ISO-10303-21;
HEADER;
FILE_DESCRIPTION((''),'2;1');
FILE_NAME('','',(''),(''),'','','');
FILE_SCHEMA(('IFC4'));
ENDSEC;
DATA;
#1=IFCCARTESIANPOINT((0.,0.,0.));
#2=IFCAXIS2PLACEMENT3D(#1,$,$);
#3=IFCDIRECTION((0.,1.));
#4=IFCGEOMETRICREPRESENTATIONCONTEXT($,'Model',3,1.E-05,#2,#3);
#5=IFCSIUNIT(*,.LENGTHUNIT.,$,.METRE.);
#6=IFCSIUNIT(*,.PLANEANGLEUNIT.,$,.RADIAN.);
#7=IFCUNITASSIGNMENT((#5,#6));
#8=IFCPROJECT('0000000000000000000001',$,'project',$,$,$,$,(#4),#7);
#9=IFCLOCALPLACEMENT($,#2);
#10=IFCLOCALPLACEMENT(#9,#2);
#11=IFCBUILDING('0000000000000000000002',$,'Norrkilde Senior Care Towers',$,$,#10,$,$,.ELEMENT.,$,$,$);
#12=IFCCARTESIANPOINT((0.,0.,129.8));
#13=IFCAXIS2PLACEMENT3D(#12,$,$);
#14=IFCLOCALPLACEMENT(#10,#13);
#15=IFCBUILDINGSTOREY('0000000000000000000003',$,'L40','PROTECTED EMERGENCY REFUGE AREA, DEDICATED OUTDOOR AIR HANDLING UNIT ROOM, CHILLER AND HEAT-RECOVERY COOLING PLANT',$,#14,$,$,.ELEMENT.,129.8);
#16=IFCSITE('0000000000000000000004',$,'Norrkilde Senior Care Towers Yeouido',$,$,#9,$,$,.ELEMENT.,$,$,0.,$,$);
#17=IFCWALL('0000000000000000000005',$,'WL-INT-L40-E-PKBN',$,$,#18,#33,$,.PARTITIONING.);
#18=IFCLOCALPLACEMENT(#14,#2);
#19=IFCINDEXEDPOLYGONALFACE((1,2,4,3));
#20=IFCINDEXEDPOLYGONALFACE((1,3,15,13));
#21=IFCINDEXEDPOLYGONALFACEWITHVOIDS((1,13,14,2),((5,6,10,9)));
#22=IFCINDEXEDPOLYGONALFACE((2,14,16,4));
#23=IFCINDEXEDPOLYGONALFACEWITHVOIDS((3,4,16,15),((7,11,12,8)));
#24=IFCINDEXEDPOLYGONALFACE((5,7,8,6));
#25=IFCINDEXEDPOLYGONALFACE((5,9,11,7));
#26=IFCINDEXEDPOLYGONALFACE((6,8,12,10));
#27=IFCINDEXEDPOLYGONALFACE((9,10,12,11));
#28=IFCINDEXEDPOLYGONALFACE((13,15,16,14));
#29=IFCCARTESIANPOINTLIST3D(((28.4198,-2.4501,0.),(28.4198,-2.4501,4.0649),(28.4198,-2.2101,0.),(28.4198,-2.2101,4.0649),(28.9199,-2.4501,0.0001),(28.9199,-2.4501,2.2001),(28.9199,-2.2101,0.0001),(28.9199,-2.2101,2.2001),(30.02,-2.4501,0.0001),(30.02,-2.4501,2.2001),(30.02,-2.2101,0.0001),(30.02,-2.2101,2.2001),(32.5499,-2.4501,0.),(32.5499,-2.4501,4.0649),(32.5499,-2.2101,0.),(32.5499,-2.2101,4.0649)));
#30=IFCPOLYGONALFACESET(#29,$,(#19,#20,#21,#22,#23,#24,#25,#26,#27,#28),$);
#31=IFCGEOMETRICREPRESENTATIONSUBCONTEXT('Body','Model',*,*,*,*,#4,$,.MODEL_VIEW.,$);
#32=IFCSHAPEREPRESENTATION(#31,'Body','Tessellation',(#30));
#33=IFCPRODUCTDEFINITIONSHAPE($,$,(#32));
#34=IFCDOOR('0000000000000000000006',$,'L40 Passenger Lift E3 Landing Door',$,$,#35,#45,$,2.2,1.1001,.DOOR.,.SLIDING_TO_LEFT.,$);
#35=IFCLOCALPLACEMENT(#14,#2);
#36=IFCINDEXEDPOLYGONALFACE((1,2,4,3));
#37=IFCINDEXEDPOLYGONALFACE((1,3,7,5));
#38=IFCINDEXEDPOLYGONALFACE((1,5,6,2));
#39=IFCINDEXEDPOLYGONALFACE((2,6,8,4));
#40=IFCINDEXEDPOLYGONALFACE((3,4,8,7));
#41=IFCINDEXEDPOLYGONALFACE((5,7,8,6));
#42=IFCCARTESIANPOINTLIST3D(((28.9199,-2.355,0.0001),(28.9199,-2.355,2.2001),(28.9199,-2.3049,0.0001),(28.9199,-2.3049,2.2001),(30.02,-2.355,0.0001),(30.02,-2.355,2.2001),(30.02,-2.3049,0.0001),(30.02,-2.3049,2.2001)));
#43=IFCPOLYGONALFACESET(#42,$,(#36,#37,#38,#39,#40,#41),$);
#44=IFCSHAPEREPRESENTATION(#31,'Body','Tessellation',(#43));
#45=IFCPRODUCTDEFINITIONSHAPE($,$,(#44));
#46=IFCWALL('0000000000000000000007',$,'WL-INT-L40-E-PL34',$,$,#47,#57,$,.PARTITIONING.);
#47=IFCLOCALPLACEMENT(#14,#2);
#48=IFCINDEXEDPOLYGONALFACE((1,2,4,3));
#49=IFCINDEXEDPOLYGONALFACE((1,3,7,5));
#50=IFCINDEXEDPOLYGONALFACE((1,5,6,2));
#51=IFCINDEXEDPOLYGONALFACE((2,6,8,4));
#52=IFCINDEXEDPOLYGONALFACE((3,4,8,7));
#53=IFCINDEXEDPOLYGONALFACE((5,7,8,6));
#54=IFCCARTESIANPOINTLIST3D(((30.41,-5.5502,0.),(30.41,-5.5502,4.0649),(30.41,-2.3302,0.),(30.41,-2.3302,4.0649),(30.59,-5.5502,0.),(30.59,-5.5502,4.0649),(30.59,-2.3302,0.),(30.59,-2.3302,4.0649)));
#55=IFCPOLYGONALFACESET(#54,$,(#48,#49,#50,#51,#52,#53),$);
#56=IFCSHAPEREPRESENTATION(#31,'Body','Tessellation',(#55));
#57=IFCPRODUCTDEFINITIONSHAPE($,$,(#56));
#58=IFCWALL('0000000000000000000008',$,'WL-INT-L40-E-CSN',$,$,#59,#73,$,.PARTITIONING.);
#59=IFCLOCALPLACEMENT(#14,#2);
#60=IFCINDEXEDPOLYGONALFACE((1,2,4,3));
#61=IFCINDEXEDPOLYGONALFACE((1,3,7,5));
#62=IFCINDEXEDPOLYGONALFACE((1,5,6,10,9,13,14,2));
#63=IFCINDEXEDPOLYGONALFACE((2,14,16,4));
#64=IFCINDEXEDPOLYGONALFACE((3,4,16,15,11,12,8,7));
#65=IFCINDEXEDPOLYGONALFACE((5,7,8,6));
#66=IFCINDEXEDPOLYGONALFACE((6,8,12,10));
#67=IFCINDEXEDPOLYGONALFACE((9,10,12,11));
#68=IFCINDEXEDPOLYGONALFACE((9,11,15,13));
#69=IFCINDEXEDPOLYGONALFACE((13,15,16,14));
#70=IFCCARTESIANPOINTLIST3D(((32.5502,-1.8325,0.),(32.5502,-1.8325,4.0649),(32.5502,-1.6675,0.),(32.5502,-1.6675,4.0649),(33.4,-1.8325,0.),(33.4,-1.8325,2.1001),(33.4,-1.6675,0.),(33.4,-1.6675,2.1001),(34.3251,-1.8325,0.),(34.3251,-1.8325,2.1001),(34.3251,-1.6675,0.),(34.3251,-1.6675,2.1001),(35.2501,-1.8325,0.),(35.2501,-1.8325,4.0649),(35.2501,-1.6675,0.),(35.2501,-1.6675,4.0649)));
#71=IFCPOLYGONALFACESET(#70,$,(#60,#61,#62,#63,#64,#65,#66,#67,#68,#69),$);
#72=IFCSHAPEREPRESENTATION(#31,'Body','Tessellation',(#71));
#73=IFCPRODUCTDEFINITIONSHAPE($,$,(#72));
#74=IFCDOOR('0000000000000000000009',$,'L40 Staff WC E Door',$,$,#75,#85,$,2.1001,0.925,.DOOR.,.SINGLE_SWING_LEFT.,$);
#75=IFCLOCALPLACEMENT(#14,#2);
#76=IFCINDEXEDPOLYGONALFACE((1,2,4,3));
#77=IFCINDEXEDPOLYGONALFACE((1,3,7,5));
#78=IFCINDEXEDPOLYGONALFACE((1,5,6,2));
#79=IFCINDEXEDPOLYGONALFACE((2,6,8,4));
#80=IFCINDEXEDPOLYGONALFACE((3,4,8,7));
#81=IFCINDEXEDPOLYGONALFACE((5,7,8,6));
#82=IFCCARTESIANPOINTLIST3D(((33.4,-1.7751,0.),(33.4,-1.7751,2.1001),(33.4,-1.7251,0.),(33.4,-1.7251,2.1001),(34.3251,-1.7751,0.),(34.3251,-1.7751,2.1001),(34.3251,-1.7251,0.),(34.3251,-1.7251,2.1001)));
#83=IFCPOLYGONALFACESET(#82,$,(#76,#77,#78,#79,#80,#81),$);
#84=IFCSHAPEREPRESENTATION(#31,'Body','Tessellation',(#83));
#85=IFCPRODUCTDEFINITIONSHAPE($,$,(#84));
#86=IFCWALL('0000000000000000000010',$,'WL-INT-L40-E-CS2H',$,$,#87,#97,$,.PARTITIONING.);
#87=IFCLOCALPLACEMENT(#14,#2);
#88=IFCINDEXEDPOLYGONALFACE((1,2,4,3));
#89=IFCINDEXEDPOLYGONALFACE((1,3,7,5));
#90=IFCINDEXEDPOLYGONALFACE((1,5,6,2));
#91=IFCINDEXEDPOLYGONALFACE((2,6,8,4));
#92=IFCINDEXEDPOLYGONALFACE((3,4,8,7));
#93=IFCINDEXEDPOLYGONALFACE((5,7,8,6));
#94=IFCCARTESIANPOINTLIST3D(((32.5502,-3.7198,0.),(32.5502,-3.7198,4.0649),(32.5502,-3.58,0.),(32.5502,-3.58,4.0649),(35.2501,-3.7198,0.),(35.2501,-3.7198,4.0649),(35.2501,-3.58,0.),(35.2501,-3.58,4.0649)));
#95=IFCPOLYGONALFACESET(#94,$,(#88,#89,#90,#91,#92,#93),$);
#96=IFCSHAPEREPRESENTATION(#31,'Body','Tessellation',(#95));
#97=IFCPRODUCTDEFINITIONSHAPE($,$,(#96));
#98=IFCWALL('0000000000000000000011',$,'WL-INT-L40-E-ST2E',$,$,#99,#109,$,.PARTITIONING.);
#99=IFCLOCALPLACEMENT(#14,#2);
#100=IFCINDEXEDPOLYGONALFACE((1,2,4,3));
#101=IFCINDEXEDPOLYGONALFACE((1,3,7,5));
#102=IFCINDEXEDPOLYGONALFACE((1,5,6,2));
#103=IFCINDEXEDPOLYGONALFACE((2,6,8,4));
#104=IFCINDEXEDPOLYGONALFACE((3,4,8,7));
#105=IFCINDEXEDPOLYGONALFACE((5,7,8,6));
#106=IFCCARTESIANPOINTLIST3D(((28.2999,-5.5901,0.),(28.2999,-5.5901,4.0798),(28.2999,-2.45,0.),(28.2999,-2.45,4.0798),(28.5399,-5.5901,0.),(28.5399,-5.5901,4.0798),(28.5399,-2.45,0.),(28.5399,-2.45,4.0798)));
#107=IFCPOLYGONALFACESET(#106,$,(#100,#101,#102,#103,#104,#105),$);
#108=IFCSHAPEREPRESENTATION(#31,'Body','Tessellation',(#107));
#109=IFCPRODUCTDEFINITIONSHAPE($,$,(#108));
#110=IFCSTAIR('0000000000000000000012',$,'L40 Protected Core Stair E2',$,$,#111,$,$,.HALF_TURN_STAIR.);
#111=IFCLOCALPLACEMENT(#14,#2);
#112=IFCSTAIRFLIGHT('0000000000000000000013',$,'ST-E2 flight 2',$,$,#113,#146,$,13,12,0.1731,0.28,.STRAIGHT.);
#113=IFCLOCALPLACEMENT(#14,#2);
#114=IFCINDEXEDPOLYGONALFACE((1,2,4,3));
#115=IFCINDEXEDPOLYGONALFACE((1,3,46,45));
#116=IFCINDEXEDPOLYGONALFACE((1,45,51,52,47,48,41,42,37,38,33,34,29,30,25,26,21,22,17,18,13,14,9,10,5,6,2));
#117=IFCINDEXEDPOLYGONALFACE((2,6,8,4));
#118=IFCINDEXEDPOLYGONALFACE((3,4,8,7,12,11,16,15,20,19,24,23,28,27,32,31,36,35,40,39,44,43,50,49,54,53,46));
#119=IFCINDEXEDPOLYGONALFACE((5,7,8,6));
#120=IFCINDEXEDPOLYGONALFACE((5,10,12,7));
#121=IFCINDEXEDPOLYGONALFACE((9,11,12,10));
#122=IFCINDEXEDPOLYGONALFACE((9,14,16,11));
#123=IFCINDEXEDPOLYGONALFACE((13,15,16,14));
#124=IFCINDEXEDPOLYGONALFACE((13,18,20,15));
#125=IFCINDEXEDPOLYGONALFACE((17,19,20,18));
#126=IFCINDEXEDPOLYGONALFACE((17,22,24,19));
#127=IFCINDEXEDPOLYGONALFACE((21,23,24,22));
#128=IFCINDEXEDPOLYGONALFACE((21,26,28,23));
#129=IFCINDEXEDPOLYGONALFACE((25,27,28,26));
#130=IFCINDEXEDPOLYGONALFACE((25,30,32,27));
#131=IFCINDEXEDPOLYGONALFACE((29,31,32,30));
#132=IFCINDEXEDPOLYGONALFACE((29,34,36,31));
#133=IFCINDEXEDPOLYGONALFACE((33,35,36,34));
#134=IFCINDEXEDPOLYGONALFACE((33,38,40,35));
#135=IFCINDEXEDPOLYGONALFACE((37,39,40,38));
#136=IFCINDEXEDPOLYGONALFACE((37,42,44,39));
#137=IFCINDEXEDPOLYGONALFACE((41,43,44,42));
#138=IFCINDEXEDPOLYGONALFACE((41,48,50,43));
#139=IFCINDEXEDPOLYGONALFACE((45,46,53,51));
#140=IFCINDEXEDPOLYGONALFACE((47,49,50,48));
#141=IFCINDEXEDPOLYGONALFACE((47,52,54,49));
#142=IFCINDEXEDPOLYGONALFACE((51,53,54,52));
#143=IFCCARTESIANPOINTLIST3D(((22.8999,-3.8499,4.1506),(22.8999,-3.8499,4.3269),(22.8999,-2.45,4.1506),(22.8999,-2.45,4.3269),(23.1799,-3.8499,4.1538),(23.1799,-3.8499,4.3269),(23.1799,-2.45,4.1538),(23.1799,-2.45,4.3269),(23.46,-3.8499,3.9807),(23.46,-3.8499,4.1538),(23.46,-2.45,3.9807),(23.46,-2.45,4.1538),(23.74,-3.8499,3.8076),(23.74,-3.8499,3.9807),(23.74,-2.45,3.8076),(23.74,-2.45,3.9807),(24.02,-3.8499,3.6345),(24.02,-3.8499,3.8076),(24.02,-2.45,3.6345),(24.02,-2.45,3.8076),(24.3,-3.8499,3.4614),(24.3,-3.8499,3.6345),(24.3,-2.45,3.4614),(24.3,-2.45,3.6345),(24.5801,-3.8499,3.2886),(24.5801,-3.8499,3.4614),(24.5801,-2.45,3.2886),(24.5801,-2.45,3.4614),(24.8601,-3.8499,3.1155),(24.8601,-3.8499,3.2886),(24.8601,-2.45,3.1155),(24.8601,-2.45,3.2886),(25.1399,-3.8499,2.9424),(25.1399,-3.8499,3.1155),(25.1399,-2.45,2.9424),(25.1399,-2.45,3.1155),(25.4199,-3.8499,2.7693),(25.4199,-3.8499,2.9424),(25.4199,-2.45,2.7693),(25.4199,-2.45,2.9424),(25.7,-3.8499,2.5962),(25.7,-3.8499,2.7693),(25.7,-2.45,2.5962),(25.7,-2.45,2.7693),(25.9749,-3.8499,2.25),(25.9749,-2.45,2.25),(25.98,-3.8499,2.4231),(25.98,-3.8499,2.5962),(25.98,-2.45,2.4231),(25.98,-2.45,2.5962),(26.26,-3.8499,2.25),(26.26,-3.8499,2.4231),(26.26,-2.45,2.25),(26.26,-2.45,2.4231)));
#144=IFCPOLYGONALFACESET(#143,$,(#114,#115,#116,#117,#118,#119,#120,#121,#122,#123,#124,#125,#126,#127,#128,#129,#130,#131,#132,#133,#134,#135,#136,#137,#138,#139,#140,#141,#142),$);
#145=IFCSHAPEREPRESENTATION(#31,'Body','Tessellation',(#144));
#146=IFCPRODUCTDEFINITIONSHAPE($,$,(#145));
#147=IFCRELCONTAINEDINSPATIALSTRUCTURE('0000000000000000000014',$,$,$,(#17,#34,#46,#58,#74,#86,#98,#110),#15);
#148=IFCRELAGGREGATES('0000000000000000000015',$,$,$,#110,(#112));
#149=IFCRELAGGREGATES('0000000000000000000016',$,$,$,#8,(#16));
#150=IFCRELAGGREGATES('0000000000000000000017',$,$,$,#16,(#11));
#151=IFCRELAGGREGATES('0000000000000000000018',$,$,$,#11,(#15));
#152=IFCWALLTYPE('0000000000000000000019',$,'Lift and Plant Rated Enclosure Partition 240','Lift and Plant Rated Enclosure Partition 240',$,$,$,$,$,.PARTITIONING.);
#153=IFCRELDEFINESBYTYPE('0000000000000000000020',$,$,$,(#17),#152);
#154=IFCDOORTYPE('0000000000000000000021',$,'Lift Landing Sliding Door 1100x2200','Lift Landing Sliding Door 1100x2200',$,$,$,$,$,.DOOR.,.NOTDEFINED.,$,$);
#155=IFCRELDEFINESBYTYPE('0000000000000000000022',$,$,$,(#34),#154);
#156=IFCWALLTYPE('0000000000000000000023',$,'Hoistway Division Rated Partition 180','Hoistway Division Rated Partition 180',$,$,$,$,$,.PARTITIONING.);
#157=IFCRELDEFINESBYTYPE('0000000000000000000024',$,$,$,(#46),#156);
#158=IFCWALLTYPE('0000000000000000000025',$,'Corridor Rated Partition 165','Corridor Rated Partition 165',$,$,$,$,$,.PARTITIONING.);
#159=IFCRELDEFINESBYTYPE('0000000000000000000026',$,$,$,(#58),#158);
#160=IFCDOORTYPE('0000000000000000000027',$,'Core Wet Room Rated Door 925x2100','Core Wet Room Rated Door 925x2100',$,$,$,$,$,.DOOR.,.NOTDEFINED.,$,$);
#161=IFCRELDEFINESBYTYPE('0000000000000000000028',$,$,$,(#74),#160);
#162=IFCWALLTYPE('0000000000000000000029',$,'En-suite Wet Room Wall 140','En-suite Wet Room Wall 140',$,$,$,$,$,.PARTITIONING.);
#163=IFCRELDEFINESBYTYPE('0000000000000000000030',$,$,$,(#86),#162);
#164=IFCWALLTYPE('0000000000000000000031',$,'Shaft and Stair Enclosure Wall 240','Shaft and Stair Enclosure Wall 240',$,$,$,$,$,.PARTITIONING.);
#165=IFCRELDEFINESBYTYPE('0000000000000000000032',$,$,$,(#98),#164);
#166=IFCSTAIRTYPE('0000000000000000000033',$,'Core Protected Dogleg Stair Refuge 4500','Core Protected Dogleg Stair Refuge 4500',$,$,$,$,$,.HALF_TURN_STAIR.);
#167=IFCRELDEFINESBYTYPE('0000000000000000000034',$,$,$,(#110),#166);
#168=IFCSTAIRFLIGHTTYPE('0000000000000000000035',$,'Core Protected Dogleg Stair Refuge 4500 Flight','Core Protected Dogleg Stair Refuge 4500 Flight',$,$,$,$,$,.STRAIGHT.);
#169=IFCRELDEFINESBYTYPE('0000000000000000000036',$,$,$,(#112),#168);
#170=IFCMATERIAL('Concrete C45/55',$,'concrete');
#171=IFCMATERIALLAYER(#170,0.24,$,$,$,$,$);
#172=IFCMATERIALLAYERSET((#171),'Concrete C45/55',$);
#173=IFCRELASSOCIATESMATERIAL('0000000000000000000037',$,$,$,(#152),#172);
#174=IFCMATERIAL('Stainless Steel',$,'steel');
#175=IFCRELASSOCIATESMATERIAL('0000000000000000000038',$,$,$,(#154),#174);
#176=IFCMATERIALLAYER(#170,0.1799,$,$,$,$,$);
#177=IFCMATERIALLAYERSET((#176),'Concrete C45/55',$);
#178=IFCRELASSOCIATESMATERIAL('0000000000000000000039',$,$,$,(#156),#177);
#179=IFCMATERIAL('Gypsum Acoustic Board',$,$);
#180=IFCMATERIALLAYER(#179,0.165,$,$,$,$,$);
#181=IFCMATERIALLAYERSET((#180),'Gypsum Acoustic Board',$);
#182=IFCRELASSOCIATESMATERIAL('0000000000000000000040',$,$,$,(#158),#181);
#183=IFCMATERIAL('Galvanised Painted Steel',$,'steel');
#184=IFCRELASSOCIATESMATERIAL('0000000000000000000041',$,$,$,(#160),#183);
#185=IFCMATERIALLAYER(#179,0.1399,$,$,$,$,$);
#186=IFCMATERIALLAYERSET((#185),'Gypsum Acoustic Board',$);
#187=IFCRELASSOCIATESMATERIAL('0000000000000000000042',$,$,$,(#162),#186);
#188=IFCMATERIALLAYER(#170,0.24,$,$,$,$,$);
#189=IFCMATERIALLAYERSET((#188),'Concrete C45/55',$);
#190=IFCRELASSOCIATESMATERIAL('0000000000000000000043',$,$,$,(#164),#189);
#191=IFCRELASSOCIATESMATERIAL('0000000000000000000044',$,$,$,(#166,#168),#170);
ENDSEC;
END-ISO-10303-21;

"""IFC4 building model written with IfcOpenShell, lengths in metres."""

from ifc_helpers import new_model, si_unit, direction, frame, frame_2d, origin, place, context, subcontext, project, spatial, polyline, rectangle, outline, extrude, source, transform, mapped, material, layer, layer_set, type_object, type_shapes, element, fill, aggregate, save


model = new_model("IFC4")

# Units and contexts
model_context = context("Model", 3, precision=1e-05, world=origin(), true_north=direction((0.0, 1.0)))
body_context = subcontext(model_context, "Body", "Model", "MODEL_VIEW")
ifc_project = project(units=[si_unit("LENGTHUNIT", "METRE"), si_unit("PLANEANGLEUNIT", "RADIAN")], contexts=[model_context])

# Site, building, storey
site_placement = place(None, origin())
site = spatial("IfcSite", under=ifc_project, at=site_placement, Name="Norrkilde Senior Care Towers Yeouido", CompositionType="ELEMENT", RefElevation=0.0)
building_placement = place(site_placement, origin())
building = spatial("IfcBuilding", under=site, at=building_placement, Name="Norrkilde Senior Care Towers", CompositionType="ELEMENT")
storey_placement = place(building_placement, frame((0.0, 0.0, 129.8)))
storey = spatial("IfcBuildingStorey", under=building, at=storey_placement, Name="L40", Description="PROTECTED EMERGENCY REFUGE AREA, DEDICATED OUTDOOR AIR HANDLING UNIT ROOM, CHILLER AND HEAT-RECOVERY COOLING PLANT", CompositionType="ELEMENT", Elevation=129.8)

# Shared definitions
ifc_material_1 = material(Name="Gypsum Acoustic Board")
ifc_material_2 = material(Name="Concrete C45/55", Category="concrete")

# Wall, opening, door
ifc_layer_1 = layer(ifc_material_2, 0.24)
ifc_layer_set_1 = layer_set([ifc_layer_1], Name="Concrete C45/55")
wall_type_1 = type_object("IfcWallType", Name="Lift and Plant Rated Enclosure Partition 240", Description="Lift and Plant Rated Enclosure Partition 240", PredefinedType="PARTITIONING", material=ifc_layer_set_1)
shared_shape_1 = source(origin(), body_context, "Body", "SweptSolid", [
    extrude(rectangle(XDim=4.1301, YDim=0.24, at=frame_2d((2.0649, 0.0))), origin(), (0.0, 0.0, 1.0), 4.0649),
])
type_shapes(wall_type_1, [shared_shape_1])
wall_1_placement = place(storey_placement, frame((28.4199, -2.3301, 0.0), z_axis=(0.0, 0.0, 1.0), x_axis=(1.0, 0.0, 0.0)))
wall_1 = element("IfcWall", 1, at=wall_1_placement, inside=storey, type_object=wall_type_1, Name="WL-INT-L40-E-PKBN", PredefinedType="PARTITIONING", context=body_context, shape_type="MappedRepresentation", body=[
    mapped(shared_shape_1, transform((0.0, 0.0, 0.0), x_axis=(1.0, 0.0, 0.0), y_axis=(0.0, 1.0, 0.0), z_axis=(0.0, 0.0, 1.0), scale=1.0)),
])
opening_1_placement = place(wall_1_placement, frame((0.5, 0.0, 0.0)))
opening_1 = element("IfcOpeningElement", 2, at=opening_1_placement, cuts=wall_1, PredefinedType="OPENING", context=body_context, shape_type="SweptSolid", body=[
    extrude(rectangle(XDim=1.1001, YDim=2.2, at=frame_2d((0.55, 1.1001))), frame((0.0, 0.1299, 0.0), z_axis=(0.0, -1.0, 0.0), x_axis=(1.0, 0.0, 0.0)), (0.0, 0.0, 1.0), 0.26),
])
ifc_material_3 = material(Name="Stainless Steel", Category="steel")
door_type_1 = type_object("IfcDoorType", Name="Lift Landing Sliding Door 1100x2200", Description="Lift Landing Sliding Door 1100x2200", OperationType="NOTDEFINED", PredefinedType="DOOR", material=ifc_material_3)
shared_shape_2 = source(origin(), body_context, "Body", "SweptSolid", [
    extrude(rectangle(XDim=1.1001, YDim=2.2, at=frame_2d((0.55, 1.1001))), frame((0.0, 0.0249, 0.0), z_axis=(0.0, -1.0, 0.0), x_axis=(1.0, 0.0, 0.0)), (0.0, 0.0, 1.0), 0.05),
])
type_shapes(door_type_1, [shared_shape_2])
door_1_placement = place(opening_1_placement, frame((1.1001, 0.0, 0.0), z_axis=(0.0, 0.0, 1.0), x_axis=(-1.0, 0.0, 0.0)))
door_1 = element("IfcDoor", 3, at=door_1_placement, inside=storey, type_object=door_type_1, Name="L40 Passenger Lift E3 Landing Door", OperationType="SLIDING_TO_LEFT", OverallHeight=2.2, OverallWidth=1.1001, PredefinedType="DOOR", context=body_context, shape_type="MappedRepresentation", body=[
    mapped(shared_shape_2, transform((0.0, 0.0, 0.0), x_axis=(1.0, 0.0, 0.0), y_axis=(0.0, 1.0, 0.0), z_axis=(0.0, 0.0, 1.0), scale=1.0)),
])
fill(opening_1, door_1)

# Wall
ifc_layer_2 = layer(ifc_material_2, 0.1799)
ifc_layer_set_2 = layer_set([ifc_layer_2], Name="Concrete C45/55")
wall_type_2 = type_object("IfcWallType", Name="Hoistway Division Rated Partition 180", Description="Hoistway Division Rated Partition 180", PredefinedType="PARTITIONING", material=ifc_layer_set_2)
shared_shape_3 = source(origin(), body_context, "Body", "SweptSolid", [
    extrude(rectangle(XDim=3.22, YDim=0.1799, at=frame_2d((1.6099, 0.0))), origin(), (0.0, 0.0, 1.0), 4.0649),
])
type_shapes(wall_type_2, [shared_shape_3])
wall_2_placement = place(storey_placement, frame((30.5, -5.55, 0.0), z_axis=(0.0, 0.0, 1.0), x_axis=(0.0, 1.0, 0.0)))
element("IfcWall", 4, at=wall_2_placement, inside=storey, type_object=wall_type_2, Name="WL-INT-L40-E-PL34", PredefinedType="PARTITIONING", context=body_context, shape_type="MappedRepresentation", body=[
    mapped(shared_shape_3, transform((0.0, 0.0, 0.0), x_axis=(1.0, 0.0, 0.0), y_axis=(0.0, 1.0, 0.0), z_axis=(0.0, 0.0, 1.0), scale=1.0)),
])

# Wall, opening, door
ifc_layer_3 = layer(ifc_material_1, 0.165)
ifc_layer_set_3 = layer_set([ifc_layer_3], Name="Gypsum Acoustic Board")
wall_type_3 = type_object("IfcWallType", Name="Corridor Rated Partition 165", Description="Corridor Rated Partition 165", PredefinedType="PARTITIONING", material=ifc_layer_set_3)
shared_shape_4 = source(origin(), body_context, "Body", "SweptSolid", [
    extrude(rectangle(XDim=2.7, YDim=0.165, at=frame_2d((1.3501, 0.0))), origin(), (0.0, 0.0, 1.0), 4.0649),
])
type_shapes(wall_type_3, [shared_shape_4])
wall_3_placement = place(storey_placement, frame((32.55, -1.75, 0.0), z_axis=(0.0, 0.0, 1.0), x_axis=(1.0, 0.0, 0.0)))
wall_3 = element("IfcWall", 5, at=wall_3_placement, inside=storey, type_object=wall_type_3, Name="WL-INT-L40-E-CSN", PredefinedType="PARTITIONING", context=body_context, shape_type="MappedRepresentation", body=[
    mapped(shared_shape_4, transform((0.0, 0.0, 0.0), x_axis=(1.0, 0.0, 0.0), y_axis=(0.0, 1.0, 0.0), z_axis=(0.0, 0.0, 1.0), scale=1.0)),
])
opening_2_placement = place(wall_3_placement, frame((0.8501, 0.0, 0.0)))
opening_2 = element("IfcOpeningElement", 6, at=opening_2_placement, cuts=wall_3, PredefinedType="OPENING", context=body_context, shape_type="SweptSolid", body=[
    extrude(rectangle(XDim=0.925, YDim=2.1001, at=frame_2d((0.4624, 1.05))), frame((0.0, 0.0925, 0.0), z_axis=(0.0, -1.0, 0.0), x_axis=(1.0, 0.0, 0.0)), (0.0, 0.0, 1.0), 0.1851),
])
ifc_material_4 = material(Name="Galvanised Painted Steel", Category="steel")
door_type_2 = type_object("IfcDoorType", Name="Core Wet Room Rated Door 925x2100", Description="Core Wet Room Rated Door 925x2100", OperationType="NOTDEFINED", PredefinedType="DOOR", material=ifc_material_4)
shared_shape_5 = source(origin(), body_context, "Body", "SweptSolid", [
    extrude(rectangle(XDim=0.925, YDim=2.1001, at=frame_2d((0.4624, 1.05))), frame((0.0, 0.0249, 0.0), z_axis=(0.0, -1.0, 0.0), x_axis=(1.0, 0.0, 0.0)), (0.0, 0.0, 1.0), 0.05),
])
type_shapes(door_type_2, [shared_shape_5])
door_2_placement = place(opening_2_placement, origin())
door_2 = element("IfcDoor", 7, at=door_2_placement, inside=storey, type_object=door_type_2, Name="L40 Staff WC E Door", OperationType="SINGLE_SWING_LEFT", OverallHeight=2.1001, OverallWidth=0.925, PredefinedType="DOOR", context=body_context, shape_type="MappedRepresentation", body=[
    mapped(shared_shape_5, transform((0.0, 0.0, 0.0), x_axis=(1.0, 0.0, 0.0), y_axis=(0.0, 1.0, 0.0), z_axis=(0.0, 0.0, 1.0), scale=1.0)),
])
fill(opening_2, door_2)

# Walls
ifc_layer_4 = layer(ifc_material_1, 0.1399)
ifc_layer_set_4 = layer_set([ifc_layer_4], Name="Gypsum Acoustic Board")
wall_type_4 = type_object("IfcWallType", Name="En-suite Wet Room Wall 140", Description="En-suite Wet Room Wall 140", PredefinedType="PARTITIONING", material=ifc_layer_set_4)
shared_shape_6 = source(origin(), body_context, "Body", "SweptSolid", [
    extrude(rectangle(XDim=2.7, YDim=0.1399, at=frame_2d((1.3501, 0.0))), origin(), (0.0, 0.0, 1.0), 4.0649),
])
type_shapes(wall_type_4, [shared_shape_6])
wall_4_placement = place(storey_placement, frame((32.55, -3.6499, 0.0), z_axis=(0.0, 0.0, 1.0), x_axis=(1.0, 0.0, 0.0)))
element("IfcWall", 8, at=wall_4_placement, inside=storey, type_object=wall_type_4, Name="WL-INT-L40-E-CS2H", PredefinedType="PARTITIONING", context=body_context, shape_type="MappedRepresentation", body=[
    mapped(shared_shape_6, transform((0.0, 0.0, 0.0), x_axis=(1.0, 0.0, 0.0), y_axis=(0.0, 1.0, 0.0), z_axis=(0.0, 0.0, 1.0), scale=1.0)),
])
ifc_layer_5 = layer(ifc_material_2, 0.24)
ifc_layer_set_5 = layer_set([ifc_layer_5], Name="Concrete C45/55")
wall_type_5 = type_object("IfcWallType", Name="Shaft and Stair Enclosure Wall 240", Description="Shaft and Stair Enclosure Wall 240", PredefinedType="PARTITIONING", material=ifc_layer_set_5)
shared_shape_7 = source(origin(), body_context, "Body", "SweptSolid", [
    extrude(rectangle(XDim=3.1401, YDim=0.24, at=frame_2d((1.5701, 0.0))), origin(), (0.0, 0.0, 1.0), 4.0798),
])
type_shapes(wall_type_5, [shared_shape_7])
wall_5_placement = place(storey_placement, frame((28.4199, -5.5901, 0.0), z_axis=(0.0, 0.0, 1.0), x_axis=(0.0, 1.0, 0.0)))
element("IfcWall", 9, at=wall_5_placement, inside=storey, type_object=wall_type_5, Name="WL-INT-L40-E-ST2E", PredefinedType="PARTITIONING", context=body_context, shape_type="MappedRepresentation", body=[
    mapped(shared_shape_7, transform((0.0, 0.0, 0.0), x_axis=(1.0, 0.0, 0.0), y_axis=(0.0, 1.0, 0.0), z_axis=(0.0, 0.0, 1.0), scale=1.0)),
])

# Stair, stair flight
stair_type = type_object("IfcStairType", Name="Core Protected Dogleg Stair Refuge 4500", Description="Core Protected Dogleg Stair Refuge 4500", PredefinedType="HALF_TURN_STAIR", material=ifc_material_2)
stair_placement = place(storey_placement, origin())
stair = element("IfcStair", 10, at=stair_placement, inside=storey, type_object=stair_type, Name="L40 Protected Core Stair E2", PredefinedType="HALF_TURN_STAIR")
stair_flight_type = type_object("IfcStairFlightType", Name="Core Protected Dogleg Stair Refuge 4500 Flight", Description="Core Protected Dogleg Stair Refuge 4500 Flight", PredefinedType="STRAIGHT", material=ifc_material_2)
stair_flight_placement = place(storey_placement, frame((26.26, -3.1499, 2.25), z_axis=(0.0, 0.0, 1.0), x_axis=(-1.0, 0.0, 0.0)))
stair_flight = element("IfcStairFlight", 11, at=stair_flight_placement, type_object=stair_flight_type, Name="ST-E2 flight 2", NumberOfRisers=13, NumberOfTreads=12, PredefinedType="STRAIGHT", RiserHeight=0.1731, TreadLength=0.28, context=body_context, shape_type="SweptSolid", body=[
    extrude(outline(polyline([(0.0, 0.0), (0.0, 0.1731), (0.28, 0.1731), (0.28, 0.3462), (0.5601, 0.3462), (0.5601, 0.5193), (0.8401, 0.5193), (0.8401, 0.6924), (1.1201, 0.6924), (1.1201, 0.8655), (1.3999, 0.8655), (1.3999, 1.0386), (1.6799, 1.0386), (1.6799, 1.2114), (1.96, 1.2114), (1.96, 1.3845), (2.24, 1.3845), (2.24, 1.5576), (2.52, 1.5576), (2.52, 1.7307), (2.8, 1.7307), (2.8, 1.9038), (3.0801, 1.9038), (3.0801, 2.0769), (3.3601, 2.0769), (3.3601, 2.25), (3.3601, 1.9006), (0.2852, 0.0), (0.0, 0.0)])), frame((0.0, 0.7, 0.0), z_axis=(0.0, -1.0, 0.0), x_axis=(1.0, 0.0, 0.0)), (0.0, 0.0, 1.0), 1.3999),
])
aggregate(stair, [stair_flight])

save(model, "model.ifc")
